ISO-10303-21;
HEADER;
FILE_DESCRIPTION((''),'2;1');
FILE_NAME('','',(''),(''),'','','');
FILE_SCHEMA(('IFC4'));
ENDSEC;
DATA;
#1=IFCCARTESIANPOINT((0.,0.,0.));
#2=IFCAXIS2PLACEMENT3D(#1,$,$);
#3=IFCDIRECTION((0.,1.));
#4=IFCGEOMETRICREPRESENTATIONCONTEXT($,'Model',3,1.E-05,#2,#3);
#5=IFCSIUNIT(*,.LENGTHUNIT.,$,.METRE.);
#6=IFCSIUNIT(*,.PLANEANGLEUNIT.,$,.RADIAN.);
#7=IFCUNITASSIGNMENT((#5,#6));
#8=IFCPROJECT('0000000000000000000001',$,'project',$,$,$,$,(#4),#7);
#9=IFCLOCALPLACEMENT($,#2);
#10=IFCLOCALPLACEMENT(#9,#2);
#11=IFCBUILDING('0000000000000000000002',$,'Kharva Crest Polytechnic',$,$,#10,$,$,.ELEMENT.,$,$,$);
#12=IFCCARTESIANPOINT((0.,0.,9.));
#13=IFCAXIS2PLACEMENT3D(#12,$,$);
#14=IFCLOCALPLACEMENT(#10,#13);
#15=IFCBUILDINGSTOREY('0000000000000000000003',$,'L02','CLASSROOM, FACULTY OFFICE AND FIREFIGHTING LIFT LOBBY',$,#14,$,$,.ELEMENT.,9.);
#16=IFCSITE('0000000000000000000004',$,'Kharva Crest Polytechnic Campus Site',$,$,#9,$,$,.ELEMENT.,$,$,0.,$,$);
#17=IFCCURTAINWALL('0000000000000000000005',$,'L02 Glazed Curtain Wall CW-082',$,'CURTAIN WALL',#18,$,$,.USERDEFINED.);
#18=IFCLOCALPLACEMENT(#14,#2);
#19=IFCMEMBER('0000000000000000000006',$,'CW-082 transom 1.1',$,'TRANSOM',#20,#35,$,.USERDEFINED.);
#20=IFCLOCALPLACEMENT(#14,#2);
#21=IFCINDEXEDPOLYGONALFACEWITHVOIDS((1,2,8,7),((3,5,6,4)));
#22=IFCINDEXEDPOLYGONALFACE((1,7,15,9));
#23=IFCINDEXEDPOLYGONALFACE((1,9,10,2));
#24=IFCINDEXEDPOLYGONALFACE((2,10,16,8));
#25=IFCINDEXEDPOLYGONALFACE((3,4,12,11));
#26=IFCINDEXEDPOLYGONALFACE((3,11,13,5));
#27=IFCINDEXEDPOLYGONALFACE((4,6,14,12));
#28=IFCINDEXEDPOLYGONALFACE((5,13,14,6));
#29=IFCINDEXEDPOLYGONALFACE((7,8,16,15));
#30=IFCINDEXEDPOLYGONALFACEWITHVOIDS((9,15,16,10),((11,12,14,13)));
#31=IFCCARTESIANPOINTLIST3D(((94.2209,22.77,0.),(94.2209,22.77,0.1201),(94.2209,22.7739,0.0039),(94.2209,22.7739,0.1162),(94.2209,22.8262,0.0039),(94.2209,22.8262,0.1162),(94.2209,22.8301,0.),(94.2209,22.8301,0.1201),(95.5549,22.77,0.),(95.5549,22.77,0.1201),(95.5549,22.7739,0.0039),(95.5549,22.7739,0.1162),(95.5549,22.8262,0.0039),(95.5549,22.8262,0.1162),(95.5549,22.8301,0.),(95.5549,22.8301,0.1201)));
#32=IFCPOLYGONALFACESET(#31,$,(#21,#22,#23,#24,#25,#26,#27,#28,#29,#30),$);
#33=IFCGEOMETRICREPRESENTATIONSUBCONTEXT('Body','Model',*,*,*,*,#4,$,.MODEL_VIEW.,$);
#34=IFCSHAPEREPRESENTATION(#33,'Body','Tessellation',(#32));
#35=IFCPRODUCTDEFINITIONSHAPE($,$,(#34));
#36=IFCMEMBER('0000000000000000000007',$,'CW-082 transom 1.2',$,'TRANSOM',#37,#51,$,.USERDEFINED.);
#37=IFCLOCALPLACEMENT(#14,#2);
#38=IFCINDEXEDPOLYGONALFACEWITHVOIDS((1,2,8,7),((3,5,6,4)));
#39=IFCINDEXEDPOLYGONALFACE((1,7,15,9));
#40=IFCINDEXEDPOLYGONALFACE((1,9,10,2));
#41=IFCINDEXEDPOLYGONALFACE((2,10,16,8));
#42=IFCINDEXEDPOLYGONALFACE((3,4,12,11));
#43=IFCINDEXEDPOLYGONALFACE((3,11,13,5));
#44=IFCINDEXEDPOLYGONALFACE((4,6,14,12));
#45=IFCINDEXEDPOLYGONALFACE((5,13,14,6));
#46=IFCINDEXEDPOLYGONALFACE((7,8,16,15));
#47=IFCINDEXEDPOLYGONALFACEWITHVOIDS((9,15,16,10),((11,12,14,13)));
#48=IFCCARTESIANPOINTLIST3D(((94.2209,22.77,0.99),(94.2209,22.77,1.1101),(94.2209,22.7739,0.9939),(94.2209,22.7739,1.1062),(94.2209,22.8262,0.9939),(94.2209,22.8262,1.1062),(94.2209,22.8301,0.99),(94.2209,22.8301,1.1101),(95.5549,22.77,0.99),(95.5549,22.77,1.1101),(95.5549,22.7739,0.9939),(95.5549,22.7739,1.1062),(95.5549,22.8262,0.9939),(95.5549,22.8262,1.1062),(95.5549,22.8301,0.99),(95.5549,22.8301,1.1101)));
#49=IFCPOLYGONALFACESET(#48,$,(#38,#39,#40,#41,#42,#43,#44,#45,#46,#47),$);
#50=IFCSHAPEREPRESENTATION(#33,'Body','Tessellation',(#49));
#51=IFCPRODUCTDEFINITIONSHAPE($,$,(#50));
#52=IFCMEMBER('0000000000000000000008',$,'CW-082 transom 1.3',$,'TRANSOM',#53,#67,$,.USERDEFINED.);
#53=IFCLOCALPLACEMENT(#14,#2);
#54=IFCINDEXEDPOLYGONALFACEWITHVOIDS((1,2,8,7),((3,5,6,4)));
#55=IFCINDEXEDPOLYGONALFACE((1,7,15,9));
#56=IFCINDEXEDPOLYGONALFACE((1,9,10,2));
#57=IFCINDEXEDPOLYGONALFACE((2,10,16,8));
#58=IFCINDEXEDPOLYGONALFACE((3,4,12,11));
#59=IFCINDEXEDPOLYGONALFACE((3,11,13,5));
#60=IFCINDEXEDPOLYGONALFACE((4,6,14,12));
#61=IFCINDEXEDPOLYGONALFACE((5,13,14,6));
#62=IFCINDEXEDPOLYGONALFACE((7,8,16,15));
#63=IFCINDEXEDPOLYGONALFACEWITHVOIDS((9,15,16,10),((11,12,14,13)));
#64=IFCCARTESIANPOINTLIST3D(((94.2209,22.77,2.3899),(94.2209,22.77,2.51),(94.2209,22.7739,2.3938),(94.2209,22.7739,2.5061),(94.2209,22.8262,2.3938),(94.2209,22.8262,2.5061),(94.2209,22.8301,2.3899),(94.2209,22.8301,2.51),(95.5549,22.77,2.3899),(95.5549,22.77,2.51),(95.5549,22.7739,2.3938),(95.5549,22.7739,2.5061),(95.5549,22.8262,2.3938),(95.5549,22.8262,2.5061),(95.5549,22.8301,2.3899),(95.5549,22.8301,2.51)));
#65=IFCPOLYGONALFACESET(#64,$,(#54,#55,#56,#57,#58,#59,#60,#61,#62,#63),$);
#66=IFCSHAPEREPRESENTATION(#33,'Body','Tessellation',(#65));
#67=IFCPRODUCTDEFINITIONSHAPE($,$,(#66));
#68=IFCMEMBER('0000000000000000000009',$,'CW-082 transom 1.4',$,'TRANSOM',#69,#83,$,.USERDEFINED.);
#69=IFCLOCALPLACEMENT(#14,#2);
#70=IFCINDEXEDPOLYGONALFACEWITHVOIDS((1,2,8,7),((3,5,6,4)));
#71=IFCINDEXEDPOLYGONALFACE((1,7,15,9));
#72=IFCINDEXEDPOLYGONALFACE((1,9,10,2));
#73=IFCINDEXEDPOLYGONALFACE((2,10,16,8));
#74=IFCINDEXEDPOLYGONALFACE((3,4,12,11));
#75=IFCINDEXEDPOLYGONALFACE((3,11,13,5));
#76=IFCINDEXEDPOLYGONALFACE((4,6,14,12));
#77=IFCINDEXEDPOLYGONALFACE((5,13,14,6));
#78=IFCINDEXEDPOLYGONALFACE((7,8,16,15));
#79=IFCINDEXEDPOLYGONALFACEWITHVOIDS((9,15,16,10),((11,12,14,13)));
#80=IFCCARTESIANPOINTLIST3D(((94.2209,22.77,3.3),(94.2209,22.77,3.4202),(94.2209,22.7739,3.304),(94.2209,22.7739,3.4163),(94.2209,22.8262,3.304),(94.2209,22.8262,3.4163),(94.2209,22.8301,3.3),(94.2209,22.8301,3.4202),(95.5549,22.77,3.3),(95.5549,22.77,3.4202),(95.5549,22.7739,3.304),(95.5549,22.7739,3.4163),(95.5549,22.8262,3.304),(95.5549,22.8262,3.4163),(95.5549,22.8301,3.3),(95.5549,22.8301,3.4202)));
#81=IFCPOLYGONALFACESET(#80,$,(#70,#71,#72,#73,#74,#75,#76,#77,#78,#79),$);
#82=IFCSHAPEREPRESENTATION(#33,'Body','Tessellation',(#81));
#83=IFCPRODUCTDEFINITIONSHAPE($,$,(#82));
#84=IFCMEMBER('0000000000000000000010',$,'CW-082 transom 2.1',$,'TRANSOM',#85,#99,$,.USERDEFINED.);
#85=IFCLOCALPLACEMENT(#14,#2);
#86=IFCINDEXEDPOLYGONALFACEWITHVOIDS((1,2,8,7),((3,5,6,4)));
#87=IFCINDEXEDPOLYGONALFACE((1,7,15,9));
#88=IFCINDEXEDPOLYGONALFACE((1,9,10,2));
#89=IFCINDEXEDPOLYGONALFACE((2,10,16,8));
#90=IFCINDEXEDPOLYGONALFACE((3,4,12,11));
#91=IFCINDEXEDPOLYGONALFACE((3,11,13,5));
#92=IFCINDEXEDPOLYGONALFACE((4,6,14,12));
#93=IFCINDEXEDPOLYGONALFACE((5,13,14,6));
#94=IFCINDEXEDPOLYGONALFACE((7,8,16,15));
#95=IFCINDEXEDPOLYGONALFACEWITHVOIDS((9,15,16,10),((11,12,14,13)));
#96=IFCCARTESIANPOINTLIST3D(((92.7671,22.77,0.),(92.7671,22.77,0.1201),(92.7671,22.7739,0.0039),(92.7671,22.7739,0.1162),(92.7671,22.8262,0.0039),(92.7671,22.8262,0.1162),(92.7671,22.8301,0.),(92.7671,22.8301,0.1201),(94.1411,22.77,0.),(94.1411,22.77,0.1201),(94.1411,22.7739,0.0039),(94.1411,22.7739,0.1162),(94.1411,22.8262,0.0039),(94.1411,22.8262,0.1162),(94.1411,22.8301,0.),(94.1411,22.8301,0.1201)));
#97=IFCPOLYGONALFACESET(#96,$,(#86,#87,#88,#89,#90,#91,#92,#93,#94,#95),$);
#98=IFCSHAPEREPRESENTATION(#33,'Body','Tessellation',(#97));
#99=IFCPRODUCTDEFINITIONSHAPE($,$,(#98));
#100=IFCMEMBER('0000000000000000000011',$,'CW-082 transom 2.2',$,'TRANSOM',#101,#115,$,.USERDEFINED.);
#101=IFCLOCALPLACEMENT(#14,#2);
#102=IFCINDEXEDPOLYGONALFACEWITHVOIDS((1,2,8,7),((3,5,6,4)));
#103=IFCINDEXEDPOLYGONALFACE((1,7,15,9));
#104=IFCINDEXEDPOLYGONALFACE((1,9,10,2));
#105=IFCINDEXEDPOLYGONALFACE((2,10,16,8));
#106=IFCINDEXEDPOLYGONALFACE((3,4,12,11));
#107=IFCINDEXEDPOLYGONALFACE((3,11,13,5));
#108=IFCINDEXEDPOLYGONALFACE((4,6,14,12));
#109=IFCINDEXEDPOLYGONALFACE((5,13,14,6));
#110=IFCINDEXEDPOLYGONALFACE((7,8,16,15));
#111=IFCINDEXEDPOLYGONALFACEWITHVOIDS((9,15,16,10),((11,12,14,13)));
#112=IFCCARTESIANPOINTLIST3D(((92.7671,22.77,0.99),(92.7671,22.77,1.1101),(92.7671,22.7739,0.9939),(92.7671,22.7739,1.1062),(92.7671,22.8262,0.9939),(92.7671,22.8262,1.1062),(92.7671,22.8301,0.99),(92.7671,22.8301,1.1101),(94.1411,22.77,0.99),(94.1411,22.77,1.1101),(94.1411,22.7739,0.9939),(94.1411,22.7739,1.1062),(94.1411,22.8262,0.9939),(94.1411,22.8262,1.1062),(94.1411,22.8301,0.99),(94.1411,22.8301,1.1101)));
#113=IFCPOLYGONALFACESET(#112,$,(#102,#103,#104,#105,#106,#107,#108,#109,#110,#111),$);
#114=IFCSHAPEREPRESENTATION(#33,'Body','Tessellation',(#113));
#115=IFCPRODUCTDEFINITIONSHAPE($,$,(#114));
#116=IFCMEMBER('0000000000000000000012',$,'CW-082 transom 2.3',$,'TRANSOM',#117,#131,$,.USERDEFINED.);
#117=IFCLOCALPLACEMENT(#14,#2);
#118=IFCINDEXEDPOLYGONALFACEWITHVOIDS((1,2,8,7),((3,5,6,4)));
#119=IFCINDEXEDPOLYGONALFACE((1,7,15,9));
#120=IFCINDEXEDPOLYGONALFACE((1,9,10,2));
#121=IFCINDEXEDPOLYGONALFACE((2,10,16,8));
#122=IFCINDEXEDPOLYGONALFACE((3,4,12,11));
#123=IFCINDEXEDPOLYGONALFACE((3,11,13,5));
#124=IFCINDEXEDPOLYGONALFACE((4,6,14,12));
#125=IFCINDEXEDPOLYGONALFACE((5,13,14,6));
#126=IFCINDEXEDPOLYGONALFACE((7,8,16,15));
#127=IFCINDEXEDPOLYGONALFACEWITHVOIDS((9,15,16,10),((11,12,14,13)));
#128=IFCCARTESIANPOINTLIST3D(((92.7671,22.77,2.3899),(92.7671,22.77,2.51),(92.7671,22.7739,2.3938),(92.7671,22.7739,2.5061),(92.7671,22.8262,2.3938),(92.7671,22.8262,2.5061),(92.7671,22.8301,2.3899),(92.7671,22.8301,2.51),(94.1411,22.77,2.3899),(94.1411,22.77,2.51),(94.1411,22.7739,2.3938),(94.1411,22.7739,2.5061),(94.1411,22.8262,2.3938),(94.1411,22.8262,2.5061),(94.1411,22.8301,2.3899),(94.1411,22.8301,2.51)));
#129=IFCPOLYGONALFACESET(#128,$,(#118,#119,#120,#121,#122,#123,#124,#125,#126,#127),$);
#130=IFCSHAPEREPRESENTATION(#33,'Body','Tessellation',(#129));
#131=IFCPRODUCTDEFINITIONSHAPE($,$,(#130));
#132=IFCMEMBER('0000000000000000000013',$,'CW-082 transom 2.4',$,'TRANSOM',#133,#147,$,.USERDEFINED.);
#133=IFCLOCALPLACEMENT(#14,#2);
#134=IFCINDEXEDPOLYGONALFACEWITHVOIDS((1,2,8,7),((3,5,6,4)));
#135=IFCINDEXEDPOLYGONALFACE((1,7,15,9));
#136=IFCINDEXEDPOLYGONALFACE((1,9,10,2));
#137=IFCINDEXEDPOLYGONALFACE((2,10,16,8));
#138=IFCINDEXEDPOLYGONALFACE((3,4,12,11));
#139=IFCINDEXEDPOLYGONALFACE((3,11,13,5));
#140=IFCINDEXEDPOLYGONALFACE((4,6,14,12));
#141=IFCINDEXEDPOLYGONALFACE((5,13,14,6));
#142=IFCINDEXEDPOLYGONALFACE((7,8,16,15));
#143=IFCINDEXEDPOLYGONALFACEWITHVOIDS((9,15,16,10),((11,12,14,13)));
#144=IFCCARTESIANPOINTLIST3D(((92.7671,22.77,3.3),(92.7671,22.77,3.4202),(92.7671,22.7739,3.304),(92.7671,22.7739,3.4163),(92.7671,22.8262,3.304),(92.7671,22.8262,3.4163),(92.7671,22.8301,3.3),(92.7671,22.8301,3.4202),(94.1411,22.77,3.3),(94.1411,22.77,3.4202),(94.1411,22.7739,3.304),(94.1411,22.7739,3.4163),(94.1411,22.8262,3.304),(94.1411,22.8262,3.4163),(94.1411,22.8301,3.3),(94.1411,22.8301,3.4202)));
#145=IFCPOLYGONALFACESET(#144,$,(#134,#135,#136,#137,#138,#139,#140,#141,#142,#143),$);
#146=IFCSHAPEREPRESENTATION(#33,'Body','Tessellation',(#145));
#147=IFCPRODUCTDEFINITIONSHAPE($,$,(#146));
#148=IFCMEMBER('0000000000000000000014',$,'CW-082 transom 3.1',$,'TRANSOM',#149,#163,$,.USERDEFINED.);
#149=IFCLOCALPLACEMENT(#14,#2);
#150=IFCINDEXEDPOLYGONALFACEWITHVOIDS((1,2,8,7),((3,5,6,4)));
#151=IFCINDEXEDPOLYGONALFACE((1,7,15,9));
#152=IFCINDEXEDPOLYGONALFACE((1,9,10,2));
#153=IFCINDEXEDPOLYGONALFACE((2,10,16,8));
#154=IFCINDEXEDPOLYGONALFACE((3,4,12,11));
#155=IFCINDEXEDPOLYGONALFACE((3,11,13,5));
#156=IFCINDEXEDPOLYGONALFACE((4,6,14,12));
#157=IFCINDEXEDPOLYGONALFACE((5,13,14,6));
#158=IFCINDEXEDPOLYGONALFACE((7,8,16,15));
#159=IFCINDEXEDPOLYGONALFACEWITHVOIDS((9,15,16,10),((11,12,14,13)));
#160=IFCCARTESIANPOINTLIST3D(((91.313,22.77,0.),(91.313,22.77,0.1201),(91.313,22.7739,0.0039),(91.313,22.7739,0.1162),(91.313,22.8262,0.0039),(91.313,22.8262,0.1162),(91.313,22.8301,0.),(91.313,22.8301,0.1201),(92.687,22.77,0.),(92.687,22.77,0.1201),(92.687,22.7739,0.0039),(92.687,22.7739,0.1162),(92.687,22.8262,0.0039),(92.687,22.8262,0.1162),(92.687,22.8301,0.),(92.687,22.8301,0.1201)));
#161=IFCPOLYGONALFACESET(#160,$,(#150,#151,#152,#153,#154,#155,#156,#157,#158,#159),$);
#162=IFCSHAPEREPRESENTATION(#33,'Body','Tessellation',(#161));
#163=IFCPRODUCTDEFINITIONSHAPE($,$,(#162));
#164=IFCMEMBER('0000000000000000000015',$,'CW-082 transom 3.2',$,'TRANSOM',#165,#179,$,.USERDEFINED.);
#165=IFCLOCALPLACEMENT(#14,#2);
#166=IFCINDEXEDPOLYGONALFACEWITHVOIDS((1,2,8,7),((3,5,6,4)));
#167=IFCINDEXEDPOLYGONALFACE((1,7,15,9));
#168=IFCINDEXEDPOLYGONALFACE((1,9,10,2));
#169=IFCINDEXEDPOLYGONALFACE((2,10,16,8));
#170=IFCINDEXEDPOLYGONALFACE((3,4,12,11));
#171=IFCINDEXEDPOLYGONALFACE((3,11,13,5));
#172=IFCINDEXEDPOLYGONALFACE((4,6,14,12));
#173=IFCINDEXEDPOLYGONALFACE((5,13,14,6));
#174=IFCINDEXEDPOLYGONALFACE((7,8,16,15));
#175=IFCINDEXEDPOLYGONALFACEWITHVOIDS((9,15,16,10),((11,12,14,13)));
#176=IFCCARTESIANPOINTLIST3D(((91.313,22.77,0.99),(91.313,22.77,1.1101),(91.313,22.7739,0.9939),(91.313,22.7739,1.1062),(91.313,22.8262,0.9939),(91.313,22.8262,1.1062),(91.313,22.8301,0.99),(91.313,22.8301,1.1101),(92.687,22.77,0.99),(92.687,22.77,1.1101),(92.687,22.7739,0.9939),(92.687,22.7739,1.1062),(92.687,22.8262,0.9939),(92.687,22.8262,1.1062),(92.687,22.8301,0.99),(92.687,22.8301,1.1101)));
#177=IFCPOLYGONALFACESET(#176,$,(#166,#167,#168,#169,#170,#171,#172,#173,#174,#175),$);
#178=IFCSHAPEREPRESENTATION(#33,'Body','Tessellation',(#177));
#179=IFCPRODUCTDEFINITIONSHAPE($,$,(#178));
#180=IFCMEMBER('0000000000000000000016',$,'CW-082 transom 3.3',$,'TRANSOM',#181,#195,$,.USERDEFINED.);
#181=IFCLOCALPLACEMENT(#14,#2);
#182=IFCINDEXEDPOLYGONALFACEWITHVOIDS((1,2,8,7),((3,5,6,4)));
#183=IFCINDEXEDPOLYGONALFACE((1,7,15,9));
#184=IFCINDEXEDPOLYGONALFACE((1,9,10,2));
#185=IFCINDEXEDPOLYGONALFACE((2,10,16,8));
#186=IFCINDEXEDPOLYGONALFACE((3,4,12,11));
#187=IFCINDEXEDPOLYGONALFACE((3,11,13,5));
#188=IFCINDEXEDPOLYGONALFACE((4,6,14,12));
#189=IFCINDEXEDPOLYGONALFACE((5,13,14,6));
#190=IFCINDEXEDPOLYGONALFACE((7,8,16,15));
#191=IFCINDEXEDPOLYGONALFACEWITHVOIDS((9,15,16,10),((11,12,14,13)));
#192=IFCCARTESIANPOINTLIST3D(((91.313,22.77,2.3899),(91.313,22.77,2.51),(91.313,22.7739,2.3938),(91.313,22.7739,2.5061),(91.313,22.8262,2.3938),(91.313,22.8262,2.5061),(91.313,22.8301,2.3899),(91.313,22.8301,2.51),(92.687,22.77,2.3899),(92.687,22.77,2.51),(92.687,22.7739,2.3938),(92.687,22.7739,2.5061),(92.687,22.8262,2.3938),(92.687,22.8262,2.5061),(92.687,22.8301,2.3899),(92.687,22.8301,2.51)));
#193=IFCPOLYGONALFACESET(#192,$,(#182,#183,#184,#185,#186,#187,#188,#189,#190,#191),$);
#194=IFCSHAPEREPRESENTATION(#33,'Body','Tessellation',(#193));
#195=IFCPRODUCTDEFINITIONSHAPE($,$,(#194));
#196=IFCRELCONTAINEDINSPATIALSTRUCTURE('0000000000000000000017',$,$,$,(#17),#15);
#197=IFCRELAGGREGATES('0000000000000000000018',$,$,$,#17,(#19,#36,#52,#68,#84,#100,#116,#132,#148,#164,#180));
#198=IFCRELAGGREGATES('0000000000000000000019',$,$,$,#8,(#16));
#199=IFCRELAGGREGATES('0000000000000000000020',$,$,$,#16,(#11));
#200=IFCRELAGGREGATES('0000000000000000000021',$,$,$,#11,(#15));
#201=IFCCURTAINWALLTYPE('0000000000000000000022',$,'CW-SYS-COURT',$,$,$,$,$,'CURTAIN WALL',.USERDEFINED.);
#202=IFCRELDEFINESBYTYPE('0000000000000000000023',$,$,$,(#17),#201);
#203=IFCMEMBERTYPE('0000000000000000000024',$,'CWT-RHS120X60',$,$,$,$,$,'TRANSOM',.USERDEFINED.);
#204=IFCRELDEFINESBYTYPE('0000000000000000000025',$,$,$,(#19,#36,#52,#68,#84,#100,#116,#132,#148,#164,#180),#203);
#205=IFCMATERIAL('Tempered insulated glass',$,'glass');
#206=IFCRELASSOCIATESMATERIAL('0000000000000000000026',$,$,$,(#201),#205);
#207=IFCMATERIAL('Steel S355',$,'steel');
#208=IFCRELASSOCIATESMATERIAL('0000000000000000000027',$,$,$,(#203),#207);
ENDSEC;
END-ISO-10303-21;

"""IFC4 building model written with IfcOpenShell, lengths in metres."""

from ifc_helpers import new_model, si_unit, direction, frame, origin, origin_2d, place, context, subcontext, project, spatial, hollow_rectangle, extrude, material, material_profile, profile_set, type_object, element, aggregate, save


model = new_model("IFC4")

# Units and contexts
model_context = context("Model", 3, precision=1e-05, world=origin(), true_north=direction((0.0, 1.0)))
body_context = subcontext(model_context, "Body", "Model", "MODEL_VIEW")
ifc_project = project(units=[si_unit("LENGTHUNIT", "METRE"), si_unit("PLANEANGLEUNIT", "RADIAN")], contexts=[model_context])

# Site, building, storey
site_placement = place(None, origin())
site = spatial("IfcSite", under=ifc_project, at=site_placement, Name="Kharva Crest Polytechnic Campus Site", CompositionType="ELEMENT", RefElevation=0.0)
building_placement = place(site_placement, origin())
building = spatial("IfcBuilding", under=site, at=building_placement, Name="Kharva Crest Polytechnic", CompositionType="ELEMENT")
storey_placement = place(building_placement, frame((0.0, 0.0, 9.0)))
storey = spatial("IfcBuildingStorey", under=building, at=storey_placement, Name="L02", Description="CLASSROOM, FACULTY OFFICE AND FIREFIGHTING LIFT LOBBY", CompositionType="ELEMENT", Elevation=9.0)

# Shared definitions
ifc_material_1 = material(Name="Steel S355", Category="steel")

# Curtain wall, members
ifc_material_2 = material(Name="Tempered insulated glass", Category="glass")
curtain_wall_type = type_object("IfcCurtainWallType", Name="CW-SYS-COURT", ElementType="CURTAIN WALL", PredefinedType="USERDEFINED", material=ifc_material_2)
curtain_wall_placement = place(storey_placement, origin())
curtain_wall = element("IfcCurtainWall", 1, at=curtain_wall_placement, inside=storey, type_object=curtain_wall_type, Name="L02 Glazed Curtain Wall CW-082", ObjectType="CURTAIN WALL", PredefinedType="USERDEFINED")
ifc_material_profile_1 = material_profile(ifc_material_1, hollow_rectangle(XDim=0.0601, YDim=0.1201, WallThickness=0.0039, at=origin_2d()), Name="RHS 120X60X4.0")
ifc_profile_set_1 = profile_set([ifc_material_profile_1], Name="Steel S355")
member_type_1 = type_object("IfcMemberType", Name="CWT-RHS120X60", ElementType="TRANSOM", PredefinedType="USERDEFINED", material=ifc_profile_set_1)
member_1_placement = place(storey_placement, frame((95.5549, 22.8, 0.0601), z_axis=(-1.0, 0.0, 0.0), x_axis=(0.0, -1.0, 0.0)))
member_1 = element("IfcMember", 2, at=member_1_placement, type_object=member_type_1, Name="CW-082 transom 1.1", ObjectType="TRANSOM", PredefinedType="USERDEFINED", context=body_context, shape_type="SweptSolid", body=[
    extrude(hollow_rectangle(XDim=0.0601, YDim=0.1201, WallThickness=0.0039, at=origin_2d()), origin(), (0.0, 0.0, 1.0), 1.334),
])
member_2_placement = place(storey_placement, frame((95.5549, 22.8, 1.05), z_axis=(-1.0, 0.0, 0.0), x_axis=(0.0, -1.0, 0.0)))
member_2 = element("IfcMember", 3, at=member_2_placement, type_object=member_type_1, Name="CW-082 transom 1.2", ObjectType="TRANSOM", PredefinedType="USERDEFINED", context=body_context, shape_type="SweptSolid", body=[
    extrude(hollow_rectangle(XDim=0.0601, YDim=0.1201, WallThickness=0.0039, at=origin_2d()), origin(), (0.0, 0.0, 1.0), 1.334),
])
member_3_placement = place(storey_placement, frame((95.5549, 22.8, 2.45), z_axis=(-1.0, 0.0, 0.0), x_axis=(0.0, -1.0, 0.0)))
member_3 = element("IfcMember", 4, at=member_3_placement, type_object=member_type_1, Name="CW-082 transom 1.3", ObjectType="TRANSOM", PredefinedType="USERDEFINED", context=body_context, shape_type="SweptSolid", body=[
    extrude(hollow_rectangle(XDim=0.0601, YDim=0.1201, WallThickness=0.0039, at=origin_2d()), origin(), (0.0, 0.0, 1.0), 1.334),
])
member_4_placement = place(storey_placement, frame((95.5549, 22.8, 3.3601), z_axis=(-1.0, 0.0, 0.0), x_axis=(0.0, -1.0, 0.0)))
member_4 = element("IfcMember", 5, at=member_4_placement, type_object=member_type_1, Name="CW-082 transom 1.4", ObjectType="TRANSOM", PredefinedType="USERDEFINED", context=body_context, shape_type="SweptSolid", body=[
    extrude(hollow_rectangle(XDim=0.0601, YDim=0.1201, WallThickness=0.0039, at=origin_2d()), origin(), (0.0, 0.0, 1.0), 1.334),
])
member_5_placement = place(storey_placement, frame((94.1411, 22.8, 0.0601), z_axis=(-1.0, 0.0, 0.0), x_axis=(0.0, -1.0, 0.0)))
member_5 = element("IfcMember", 6, at=member_5_placement, type_object=member_type_1, Name="CW-082 transom 2.1", ObjectType="TRANSOM", PredefinedType="USERDEFINED", context=body_context, shape_type="SweptSolid", body=[
    extrude(hollow_rectangle(XDim=0.0601, YDim=0.1201, WallThickness=0.0039, at=origin_2d()), origin(), (0.0, 0.0, 1.0), 1.374),
])
member_6_placement = place(storey_placement, frame((94.1411, 22.8, 1.05), z_axis=(-1.0, 0.0, 0.0), x_axis=(0.0, -1.0, 0.0)))
member_6 = element("IfcMember", 7, at=member_6_placement, type_object=member_type_1, Name="CW-082 transom 2.2", ObjectType="TRANSOM", PredefinedType="USERDEFINED", context=body_context, shape_type="SweptSolid", body=[
    extrude(hollow_rectangle(XDim=0.0601, YDim=0.1201, WallThickness=0.0039, at=origin_2d()), origin(), (0.0, 0.0, 1.0), 1.374),
])
member_7_placement = place(storey_placement, frame((94.1411, 22.8, 2.45), z_axis=(-1.0, 0.0, 0.0), x_axis=(0.0, -1.0, 0.0)))
member_7 = element("IfcMember", 8, at=member_7_placement, type_object=member_type_1, Name="CW-082 transom 2.3", ObjectType="TRANSOM", PredefinedType="USERDEFINED", context=body_context, shape_type="SweptSolid", body=[
    extrude(hollow_rectangle(XDim=0.0601, YDim=0.1201, WallThickness=0.0039, at=origin_2d()), origin(), (0.0, 0.0, 1.0), 1.374),
])
member_8_placement = place(storey_placement, frame((94.1411, 22.8, 3.3601), z_axis=(-1.0, 0.0, 0.0), x_axis=(0.0, -1.0, 0.0)))
member_8 = element("IfcMember", 9, at=member_8_placement, type_object=member_type_1, Name="CW-082 transom 2.4", ObjectType="TRANSOM", PredefinedType="USERDEFINED", context=body_context, shape_type="SweptSolid", body=[
    extrude(hollow_rectangle(XDim=0.0601, YDim=0.1201, WallThickness=0.0039, at=origin_2d()), origin(), (0.0, 0.0, 1.0), 1.374),
])
member_9_placement = place(storey_placement, frame((92.687, 22.8, 0.0601), z_axis=(-1.0, 0.0, 0.0), x_axis=(0.0, -1.0, 0.0)))
member_9 = element("IfcMember", 10, at=member_9_placement, type_object=member_type_1, Name="CW-082 transom 3.1", ObjectType="TRANSOM", PredefinedType="USERDEFINED", context=body_context, shape_type="SweptSolid", body=[
    extrude(hollow_rectangle(XDim=0.0601, YDim=0.1201, WallThickness=0.0039, at=origin_2d()), origin(), (0.0, 0.0, 1.0), 1.374),
])
member_10_placement = place(storey_placement, frame((92.687, 22.8, 1.05), z_axis=(-1.0, 0.0, 0.0), x_axis=(0.0, -1.0, 0.0)))
member_10 = element("IfcMember", 11, at=member_10_placement, type_object=member_type_1, Name="CW-082 transom 3.2", ObjectType="TRANSOM", PredefinedType="USERDEFINED", context=body_context, shape_type="SweptSolid", body=[
    extrude(hollow_rectangle(XDim=0.0601, YDim=0.1201, WallThickness=0.0039, at=origin_2d()), origin(), (0.0, 0.0, 1.0), 1.374),
])
member_11_placement = place(storey_placement, frame((92.687, 22.8, 2.45), z_axis=(-1.0, 0.0, 0.0), x_axis=(0.0, -1.0, 0.0)))
member_11 = element("IfcMember", 12, at=member_11_placement, type_object=member_type_1, Name="CW-082 transom 3.3", ObjectType="TRANSOM", PredefinedType="USERDEFINED", context=body_context, shape_type="SweptSolid", body=[
    extrude(hollow_rectangle(XDim=0.0601, YDim=0.1201, WallThickness=0.0039, at=origin_2d()), origin(), (0.0, 0.0, 1.0), 1.374),
])
aggregate(curtain_wall, [member_1, member_2, member_3, member_4, member_5, member_6, member_7, member_8, member_9, member_10, member_11])

save(model, "model.ifc")
